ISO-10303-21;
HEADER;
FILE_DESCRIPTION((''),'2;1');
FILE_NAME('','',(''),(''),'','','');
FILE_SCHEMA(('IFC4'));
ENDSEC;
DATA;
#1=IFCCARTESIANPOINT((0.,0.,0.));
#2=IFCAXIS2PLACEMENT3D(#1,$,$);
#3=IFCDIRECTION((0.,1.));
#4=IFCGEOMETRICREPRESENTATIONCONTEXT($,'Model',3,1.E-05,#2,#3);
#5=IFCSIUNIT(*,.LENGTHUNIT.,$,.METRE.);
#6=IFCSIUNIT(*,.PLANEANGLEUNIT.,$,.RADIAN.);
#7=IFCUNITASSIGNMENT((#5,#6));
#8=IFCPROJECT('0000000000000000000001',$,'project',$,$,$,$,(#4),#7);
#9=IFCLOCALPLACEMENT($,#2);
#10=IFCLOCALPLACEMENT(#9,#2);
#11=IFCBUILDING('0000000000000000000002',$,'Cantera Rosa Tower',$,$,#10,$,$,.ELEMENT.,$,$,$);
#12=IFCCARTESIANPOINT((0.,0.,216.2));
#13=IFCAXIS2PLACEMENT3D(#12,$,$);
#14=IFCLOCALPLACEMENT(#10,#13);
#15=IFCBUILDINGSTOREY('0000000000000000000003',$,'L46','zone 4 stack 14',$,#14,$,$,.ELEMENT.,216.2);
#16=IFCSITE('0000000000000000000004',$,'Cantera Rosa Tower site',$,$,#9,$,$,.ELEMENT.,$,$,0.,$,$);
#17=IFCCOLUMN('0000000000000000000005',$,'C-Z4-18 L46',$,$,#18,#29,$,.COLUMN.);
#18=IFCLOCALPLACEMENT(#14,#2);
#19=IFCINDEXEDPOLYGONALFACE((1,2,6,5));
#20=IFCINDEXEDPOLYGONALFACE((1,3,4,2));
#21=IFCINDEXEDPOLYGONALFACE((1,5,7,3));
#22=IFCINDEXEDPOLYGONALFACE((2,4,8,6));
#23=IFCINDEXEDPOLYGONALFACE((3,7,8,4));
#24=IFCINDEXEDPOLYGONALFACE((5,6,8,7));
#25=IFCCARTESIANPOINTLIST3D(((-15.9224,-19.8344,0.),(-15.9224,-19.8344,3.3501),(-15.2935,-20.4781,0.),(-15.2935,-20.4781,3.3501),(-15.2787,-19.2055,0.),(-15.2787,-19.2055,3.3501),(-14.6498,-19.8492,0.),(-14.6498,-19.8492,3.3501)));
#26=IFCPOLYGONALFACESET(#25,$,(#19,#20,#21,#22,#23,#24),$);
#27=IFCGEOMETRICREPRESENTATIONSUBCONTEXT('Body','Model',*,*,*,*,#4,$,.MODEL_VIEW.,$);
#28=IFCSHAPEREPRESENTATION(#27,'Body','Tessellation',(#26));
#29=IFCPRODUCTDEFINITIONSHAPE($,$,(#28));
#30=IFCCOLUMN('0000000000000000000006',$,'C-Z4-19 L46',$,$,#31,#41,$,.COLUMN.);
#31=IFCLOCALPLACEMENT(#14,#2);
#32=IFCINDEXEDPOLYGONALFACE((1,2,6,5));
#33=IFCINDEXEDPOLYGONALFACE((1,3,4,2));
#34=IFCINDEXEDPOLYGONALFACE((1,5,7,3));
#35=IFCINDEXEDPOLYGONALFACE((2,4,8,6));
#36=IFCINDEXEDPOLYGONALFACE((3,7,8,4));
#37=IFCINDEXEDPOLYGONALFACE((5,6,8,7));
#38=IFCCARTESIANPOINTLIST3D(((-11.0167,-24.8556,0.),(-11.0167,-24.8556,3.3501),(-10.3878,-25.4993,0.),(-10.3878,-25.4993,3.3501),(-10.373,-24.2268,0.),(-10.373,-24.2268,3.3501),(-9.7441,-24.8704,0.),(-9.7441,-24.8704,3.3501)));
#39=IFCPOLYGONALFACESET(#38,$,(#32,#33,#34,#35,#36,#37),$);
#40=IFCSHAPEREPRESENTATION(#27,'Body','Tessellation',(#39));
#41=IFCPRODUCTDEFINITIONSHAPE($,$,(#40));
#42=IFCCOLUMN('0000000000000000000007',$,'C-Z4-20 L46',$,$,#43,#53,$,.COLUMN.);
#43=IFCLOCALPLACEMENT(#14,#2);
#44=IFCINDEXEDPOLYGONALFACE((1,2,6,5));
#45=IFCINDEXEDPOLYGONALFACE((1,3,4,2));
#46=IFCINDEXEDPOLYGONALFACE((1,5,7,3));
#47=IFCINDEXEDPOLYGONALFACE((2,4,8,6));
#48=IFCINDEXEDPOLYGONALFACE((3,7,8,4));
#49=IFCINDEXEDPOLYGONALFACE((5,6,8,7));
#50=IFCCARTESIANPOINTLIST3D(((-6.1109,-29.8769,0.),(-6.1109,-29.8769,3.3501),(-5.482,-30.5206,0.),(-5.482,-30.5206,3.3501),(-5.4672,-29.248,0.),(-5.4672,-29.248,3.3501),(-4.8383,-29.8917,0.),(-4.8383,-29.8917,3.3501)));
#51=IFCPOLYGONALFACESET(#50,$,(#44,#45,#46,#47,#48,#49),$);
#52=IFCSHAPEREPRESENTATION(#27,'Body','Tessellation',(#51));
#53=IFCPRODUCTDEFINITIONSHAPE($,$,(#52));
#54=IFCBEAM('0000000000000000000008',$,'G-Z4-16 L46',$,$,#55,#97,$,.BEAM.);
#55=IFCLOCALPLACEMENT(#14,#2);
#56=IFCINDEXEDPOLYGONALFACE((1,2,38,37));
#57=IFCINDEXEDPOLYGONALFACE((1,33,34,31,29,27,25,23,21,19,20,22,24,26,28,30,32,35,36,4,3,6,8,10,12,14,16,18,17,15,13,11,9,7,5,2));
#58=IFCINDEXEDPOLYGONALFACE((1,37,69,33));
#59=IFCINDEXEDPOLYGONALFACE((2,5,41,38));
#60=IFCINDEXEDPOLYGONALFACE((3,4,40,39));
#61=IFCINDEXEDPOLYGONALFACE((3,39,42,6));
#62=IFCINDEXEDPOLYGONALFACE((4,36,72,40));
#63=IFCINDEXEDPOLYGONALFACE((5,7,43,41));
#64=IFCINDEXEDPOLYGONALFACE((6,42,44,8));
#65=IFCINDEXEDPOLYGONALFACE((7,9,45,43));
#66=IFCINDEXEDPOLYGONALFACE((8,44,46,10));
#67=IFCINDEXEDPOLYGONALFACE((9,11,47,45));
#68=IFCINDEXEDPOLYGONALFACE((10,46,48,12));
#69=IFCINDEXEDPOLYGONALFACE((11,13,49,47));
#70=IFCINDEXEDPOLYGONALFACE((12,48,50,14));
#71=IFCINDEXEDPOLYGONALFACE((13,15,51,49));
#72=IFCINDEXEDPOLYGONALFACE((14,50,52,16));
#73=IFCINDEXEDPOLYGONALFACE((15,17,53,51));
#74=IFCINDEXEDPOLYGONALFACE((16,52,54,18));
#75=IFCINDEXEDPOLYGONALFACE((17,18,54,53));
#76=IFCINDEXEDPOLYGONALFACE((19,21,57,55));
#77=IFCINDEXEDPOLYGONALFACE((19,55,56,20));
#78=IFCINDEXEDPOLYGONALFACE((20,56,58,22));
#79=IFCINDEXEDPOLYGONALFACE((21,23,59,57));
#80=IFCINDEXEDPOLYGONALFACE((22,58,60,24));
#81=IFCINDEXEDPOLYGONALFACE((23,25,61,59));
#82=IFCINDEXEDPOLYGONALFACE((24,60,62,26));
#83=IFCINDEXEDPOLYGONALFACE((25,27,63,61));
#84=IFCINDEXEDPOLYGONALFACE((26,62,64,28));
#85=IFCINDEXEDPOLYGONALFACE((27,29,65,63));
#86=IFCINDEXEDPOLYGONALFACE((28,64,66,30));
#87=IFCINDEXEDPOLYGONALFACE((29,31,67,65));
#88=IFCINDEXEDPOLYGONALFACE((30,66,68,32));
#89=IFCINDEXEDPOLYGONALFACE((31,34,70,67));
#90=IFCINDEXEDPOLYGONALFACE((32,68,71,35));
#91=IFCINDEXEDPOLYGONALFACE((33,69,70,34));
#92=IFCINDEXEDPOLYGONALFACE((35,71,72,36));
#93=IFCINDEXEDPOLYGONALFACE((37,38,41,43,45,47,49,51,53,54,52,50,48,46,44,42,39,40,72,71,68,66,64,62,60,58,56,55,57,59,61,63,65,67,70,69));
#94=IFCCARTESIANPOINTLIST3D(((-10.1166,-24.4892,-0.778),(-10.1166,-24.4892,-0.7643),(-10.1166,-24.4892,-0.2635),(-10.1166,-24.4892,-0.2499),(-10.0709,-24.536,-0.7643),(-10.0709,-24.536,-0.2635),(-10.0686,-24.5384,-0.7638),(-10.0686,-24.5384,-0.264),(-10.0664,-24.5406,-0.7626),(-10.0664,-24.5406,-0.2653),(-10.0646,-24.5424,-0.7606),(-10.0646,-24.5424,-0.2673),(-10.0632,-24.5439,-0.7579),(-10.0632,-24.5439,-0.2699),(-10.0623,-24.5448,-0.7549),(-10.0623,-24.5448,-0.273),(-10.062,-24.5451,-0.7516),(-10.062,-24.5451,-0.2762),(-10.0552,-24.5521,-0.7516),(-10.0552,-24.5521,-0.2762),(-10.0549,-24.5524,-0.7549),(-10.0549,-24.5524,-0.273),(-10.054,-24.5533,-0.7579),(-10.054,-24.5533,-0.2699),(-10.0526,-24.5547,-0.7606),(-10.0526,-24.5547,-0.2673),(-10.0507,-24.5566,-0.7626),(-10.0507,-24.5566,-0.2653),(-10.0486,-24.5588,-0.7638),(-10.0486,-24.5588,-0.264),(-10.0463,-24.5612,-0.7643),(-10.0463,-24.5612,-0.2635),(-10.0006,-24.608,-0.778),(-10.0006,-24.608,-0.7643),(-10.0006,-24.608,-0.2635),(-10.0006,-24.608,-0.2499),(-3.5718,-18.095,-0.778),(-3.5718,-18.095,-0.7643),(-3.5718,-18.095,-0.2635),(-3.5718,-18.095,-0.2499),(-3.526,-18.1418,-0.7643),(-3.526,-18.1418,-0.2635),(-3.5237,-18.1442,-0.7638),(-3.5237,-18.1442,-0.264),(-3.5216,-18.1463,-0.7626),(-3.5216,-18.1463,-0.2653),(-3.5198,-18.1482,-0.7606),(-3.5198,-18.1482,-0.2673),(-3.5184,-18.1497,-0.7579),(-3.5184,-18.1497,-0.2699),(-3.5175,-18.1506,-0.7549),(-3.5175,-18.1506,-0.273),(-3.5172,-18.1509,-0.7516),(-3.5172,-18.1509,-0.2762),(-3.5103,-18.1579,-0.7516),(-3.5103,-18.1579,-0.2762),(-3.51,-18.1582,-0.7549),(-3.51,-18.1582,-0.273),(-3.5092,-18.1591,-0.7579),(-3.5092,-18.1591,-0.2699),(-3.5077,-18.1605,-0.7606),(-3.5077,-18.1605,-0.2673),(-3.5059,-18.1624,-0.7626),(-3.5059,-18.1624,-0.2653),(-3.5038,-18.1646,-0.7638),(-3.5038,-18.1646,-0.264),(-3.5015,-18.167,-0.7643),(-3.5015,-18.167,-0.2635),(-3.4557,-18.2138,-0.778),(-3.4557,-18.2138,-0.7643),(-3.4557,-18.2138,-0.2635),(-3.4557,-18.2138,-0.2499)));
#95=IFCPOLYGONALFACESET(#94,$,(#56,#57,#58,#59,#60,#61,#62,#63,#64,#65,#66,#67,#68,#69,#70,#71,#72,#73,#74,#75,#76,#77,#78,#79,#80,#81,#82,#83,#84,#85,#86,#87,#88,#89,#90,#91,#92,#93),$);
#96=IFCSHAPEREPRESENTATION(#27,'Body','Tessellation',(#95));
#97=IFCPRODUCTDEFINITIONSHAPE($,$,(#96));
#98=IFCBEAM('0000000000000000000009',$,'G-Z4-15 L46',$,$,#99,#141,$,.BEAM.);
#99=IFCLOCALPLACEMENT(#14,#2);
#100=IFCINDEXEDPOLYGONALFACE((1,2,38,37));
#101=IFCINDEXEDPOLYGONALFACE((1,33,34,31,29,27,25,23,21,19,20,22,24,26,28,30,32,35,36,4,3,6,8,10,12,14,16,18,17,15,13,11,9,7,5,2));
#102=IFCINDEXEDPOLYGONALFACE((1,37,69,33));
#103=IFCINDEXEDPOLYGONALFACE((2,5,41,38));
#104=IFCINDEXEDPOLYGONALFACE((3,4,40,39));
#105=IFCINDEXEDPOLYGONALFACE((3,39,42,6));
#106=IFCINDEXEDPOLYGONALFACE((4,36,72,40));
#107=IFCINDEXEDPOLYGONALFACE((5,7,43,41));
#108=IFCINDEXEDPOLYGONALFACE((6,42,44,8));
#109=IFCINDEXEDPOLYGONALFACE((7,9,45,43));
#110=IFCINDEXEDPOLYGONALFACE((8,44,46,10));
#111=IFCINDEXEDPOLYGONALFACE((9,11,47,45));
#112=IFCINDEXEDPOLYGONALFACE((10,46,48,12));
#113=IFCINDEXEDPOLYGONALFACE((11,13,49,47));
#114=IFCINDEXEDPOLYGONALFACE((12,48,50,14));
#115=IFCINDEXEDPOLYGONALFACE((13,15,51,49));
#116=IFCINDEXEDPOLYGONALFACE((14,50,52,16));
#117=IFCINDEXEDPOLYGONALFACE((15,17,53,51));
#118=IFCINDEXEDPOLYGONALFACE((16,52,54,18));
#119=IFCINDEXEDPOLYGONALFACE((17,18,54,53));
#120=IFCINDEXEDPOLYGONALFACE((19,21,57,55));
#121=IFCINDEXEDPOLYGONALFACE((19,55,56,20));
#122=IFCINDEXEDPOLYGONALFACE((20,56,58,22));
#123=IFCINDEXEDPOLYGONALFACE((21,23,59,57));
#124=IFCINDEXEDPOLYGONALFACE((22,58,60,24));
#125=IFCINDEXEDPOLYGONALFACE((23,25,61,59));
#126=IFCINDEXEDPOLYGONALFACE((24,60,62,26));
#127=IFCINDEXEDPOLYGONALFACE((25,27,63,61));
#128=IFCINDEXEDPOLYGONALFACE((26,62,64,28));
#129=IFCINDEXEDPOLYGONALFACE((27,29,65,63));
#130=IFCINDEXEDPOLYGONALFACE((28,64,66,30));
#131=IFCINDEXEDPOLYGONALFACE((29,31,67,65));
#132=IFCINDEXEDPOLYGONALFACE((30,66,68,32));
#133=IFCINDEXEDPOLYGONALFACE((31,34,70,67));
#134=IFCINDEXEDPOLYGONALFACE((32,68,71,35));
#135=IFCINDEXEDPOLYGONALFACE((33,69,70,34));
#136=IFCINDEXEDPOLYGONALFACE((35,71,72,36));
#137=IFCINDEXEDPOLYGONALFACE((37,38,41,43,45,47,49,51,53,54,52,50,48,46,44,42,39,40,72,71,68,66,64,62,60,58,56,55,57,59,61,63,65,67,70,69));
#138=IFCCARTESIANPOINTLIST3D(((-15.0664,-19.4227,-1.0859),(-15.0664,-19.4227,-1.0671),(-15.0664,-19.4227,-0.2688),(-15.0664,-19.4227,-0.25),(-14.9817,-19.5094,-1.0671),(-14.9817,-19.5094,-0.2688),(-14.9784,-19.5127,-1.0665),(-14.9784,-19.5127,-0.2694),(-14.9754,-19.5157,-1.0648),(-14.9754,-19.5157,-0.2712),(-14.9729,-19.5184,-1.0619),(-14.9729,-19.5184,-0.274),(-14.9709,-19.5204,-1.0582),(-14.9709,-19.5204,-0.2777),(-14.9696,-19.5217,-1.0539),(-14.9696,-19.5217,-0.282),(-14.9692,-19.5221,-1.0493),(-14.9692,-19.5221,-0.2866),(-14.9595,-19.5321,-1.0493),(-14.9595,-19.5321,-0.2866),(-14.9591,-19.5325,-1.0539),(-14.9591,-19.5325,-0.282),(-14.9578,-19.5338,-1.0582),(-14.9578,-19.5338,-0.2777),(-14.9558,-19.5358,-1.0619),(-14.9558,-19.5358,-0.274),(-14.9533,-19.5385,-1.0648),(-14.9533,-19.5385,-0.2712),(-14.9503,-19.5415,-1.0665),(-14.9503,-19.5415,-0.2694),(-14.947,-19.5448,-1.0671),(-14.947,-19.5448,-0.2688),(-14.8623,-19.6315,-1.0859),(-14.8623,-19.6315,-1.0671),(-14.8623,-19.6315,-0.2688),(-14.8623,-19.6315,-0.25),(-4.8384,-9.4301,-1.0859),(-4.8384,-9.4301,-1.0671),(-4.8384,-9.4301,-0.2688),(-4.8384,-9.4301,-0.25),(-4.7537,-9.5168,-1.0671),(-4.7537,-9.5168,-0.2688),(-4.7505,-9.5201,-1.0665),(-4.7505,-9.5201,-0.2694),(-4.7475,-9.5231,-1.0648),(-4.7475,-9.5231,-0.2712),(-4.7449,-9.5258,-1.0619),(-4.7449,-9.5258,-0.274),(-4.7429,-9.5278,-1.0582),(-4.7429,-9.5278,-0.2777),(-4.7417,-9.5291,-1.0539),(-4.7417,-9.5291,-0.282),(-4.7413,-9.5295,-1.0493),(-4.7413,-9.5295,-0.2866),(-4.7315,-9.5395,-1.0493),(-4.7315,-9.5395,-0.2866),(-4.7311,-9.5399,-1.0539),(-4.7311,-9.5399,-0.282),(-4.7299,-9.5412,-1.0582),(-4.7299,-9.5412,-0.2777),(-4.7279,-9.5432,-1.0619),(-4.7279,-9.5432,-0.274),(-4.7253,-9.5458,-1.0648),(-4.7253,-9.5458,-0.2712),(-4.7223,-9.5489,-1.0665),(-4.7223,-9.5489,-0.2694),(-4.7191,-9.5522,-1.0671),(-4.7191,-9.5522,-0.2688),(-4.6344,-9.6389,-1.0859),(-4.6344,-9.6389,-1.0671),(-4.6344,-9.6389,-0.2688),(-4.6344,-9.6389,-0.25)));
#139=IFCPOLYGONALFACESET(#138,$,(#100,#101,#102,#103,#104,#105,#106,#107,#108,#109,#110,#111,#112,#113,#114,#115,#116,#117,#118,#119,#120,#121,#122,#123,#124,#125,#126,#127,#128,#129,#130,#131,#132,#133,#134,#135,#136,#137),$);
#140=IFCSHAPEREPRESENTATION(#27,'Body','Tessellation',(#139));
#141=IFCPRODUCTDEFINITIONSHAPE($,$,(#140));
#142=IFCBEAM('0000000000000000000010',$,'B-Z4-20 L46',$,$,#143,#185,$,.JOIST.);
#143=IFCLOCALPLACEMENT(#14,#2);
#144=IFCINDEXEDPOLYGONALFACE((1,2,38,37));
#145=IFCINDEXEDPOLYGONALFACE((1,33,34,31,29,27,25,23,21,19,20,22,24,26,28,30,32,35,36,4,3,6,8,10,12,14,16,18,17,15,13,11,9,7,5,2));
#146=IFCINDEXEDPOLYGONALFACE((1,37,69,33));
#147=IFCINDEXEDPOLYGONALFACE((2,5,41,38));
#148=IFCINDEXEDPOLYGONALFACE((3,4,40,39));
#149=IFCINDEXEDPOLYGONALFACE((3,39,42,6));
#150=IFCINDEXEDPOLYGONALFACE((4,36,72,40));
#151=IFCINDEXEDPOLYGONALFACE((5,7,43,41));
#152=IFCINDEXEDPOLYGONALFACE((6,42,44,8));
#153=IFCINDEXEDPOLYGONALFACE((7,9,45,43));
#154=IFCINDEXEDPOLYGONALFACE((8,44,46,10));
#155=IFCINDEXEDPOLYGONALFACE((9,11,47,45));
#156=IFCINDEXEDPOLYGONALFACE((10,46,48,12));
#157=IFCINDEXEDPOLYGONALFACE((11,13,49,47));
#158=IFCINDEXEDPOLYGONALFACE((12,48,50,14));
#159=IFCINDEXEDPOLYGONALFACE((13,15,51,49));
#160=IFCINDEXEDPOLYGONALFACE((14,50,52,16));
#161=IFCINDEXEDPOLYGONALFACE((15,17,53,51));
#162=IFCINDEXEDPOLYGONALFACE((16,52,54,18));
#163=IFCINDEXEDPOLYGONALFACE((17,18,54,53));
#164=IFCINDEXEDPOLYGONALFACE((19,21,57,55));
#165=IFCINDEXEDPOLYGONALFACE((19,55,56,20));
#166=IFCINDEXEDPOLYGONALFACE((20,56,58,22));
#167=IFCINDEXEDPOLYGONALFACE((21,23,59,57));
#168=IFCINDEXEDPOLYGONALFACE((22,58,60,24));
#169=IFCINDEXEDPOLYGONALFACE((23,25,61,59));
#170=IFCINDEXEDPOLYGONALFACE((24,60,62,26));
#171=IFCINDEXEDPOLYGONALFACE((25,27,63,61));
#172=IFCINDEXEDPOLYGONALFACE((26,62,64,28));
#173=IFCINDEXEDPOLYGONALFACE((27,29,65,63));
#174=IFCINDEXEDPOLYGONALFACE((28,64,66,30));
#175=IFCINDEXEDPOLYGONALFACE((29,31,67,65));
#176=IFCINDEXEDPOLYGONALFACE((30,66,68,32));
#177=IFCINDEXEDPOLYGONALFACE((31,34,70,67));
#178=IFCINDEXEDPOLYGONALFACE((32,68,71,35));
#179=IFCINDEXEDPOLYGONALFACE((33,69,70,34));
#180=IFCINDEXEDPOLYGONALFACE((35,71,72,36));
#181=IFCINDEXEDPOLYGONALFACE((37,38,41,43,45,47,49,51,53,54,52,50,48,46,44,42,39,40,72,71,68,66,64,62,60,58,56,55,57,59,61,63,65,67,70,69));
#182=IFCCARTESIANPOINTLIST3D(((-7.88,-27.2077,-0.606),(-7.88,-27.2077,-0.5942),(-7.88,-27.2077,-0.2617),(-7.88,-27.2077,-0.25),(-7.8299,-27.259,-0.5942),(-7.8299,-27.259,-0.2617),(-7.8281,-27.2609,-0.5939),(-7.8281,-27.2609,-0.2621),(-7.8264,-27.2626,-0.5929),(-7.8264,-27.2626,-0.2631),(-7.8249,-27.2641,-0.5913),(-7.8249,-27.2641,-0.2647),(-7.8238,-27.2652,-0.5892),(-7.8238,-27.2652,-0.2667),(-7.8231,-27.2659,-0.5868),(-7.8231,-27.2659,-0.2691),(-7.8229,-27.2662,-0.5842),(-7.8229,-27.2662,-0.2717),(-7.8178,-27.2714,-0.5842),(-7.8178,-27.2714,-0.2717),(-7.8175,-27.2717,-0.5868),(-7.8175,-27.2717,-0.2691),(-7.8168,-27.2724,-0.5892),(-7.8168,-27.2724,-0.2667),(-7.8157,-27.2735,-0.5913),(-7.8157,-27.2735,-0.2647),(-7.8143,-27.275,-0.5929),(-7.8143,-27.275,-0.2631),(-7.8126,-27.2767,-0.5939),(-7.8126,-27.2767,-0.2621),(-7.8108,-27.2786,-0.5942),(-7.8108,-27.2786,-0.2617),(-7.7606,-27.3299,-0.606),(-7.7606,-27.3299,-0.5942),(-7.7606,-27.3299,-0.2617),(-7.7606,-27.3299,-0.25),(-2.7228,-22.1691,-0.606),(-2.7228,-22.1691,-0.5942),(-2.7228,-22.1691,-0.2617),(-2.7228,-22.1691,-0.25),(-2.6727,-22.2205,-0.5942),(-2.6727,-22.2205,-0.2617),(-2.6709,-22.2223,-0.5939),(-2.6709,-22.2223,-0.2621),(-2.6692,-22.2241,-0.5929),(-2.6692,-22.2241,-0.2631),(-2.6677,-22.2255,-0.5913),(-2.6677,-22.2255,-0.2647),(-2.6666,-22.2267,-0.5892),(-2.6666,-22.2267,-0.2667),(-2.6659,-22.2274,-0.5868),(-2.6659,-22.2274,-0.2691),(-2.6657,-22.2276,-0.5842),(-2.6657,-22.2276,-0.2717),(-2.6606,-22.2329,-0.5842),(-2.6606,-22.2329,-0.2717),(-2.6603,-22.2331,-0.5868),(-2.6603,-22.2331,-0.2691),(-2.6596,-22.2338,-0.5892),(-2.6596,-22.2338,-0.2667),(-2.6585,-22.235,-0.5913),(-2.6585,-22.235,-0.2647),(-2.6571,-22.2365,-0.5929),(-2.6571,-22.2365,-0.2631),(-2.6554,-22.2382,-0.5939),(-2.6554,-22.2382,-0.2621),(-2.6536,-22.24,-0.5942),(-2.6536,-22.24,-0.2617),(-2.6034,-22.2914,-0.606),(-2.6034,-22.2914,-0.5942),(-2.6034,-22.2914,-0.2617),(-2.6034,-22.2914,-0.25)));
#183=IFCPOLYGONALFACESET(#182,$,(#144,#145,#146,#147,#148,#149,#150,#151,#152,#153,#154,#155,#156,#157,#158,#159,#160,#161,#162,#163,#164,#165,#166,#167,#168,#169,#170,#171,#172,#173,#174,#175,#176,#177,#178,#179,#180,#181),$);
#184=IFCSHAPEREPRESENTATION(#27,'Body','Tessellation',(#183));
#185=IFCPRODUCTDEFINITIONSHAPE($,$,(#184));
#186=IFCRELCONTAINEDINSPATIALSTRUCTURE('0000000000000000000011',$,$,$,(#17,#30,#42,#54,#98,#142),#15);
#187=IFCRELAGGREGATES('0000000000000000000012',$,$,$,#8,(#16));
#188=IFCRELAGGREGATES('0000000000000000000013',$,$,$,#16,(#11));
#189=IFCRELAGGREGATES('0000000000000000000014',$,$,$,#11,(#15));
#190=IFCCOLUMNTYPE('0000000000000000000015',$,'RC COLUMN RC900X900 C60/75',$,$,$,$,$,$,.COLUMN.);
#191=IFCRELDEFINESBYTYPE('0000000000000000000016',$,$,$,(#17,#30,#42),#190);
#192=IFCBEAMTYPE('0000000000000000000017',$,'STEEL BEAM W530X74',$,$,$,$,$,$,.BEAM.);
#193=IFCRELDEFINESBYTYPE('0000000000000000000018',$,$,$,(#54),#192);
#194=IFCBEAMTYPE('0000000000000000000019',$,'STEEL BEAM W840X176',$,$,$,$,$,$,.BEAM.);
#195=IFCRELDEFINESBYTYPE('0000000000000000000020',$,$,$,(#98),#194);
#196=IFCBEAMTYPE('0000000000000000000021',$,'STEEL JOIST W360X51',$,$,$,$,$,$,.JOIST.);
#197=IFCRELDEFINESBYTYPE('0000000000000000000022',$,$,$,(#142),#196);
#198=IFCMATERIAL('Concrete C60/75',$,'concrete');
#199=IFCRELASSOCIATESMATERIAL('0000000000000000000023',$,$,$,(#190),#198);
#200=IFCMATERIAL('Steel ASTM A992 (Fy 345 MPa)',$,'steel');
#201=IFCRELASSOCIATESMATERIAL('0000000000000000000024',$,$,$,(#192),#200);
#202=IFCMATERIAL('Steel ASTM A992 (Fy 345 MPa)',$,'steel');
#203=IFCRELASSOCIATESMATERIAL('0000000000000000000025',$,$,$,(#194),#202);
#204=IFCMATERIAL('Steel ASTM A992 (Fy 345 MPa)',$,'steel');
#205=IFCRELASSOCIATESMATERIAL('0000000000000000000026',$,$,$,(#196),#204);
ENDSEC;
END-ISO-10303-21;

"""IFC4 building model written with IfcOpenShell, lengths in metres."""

from ifc_helpers import new_model, si_unit, direction, frame, origin, origin_2d, place, context, subcontext, project, spatial, rectangle, i_section, extrude, material, material_profile, profile_set, type_object, element, save


model = new_model("IFC4")

# Units and contexts
model_context = context("Model", 3, precision=1e-05, world=origin(), true_north=direction((0.0, 1.0)))
body_context = subcontext(model_context, "Body", "Model", "MODEL_VIEW")
ifc_project = project(units=[si_unit("LENGTHUNIT", "METRE"), si_unit("PLANEANGLEUNIT", "RADIAN")], contexts=[model_context])

# Site, building, storey
site_placement = place(None, origin())
site = spatial("IfcSite", under=ifc_project, at=site_placement, Name="Cantera Rosa Tower site", CompositionType="ELEMENT", RefElevation=0.0)
building_placement = place(site_placement, origin())
building = spatial("IfcBuilding", under=site, at=building_placement, Name="Cantera Rosa Tower", CompositionType="ELEMENT")
storey_placement = place(building_placement, frame((0.0, 0.0, 216.2)))
storey = spatial("IfcBuildingStorey", under=building, at=storey_placement, Name="L46", Description="zone 4 stack 14", CompositionType="ELEMENT", Elevation=216.2)

# Columns
ifc_material_1 = material(Name="Concrete C60/75", Category="concrete")
ifc_material_profile_1 = material_profile(ifc_material_1, rectangle(XDim=0.8999, YDim=0.8999, at=origin_2d()), Name="RC COLUMN RC900X900 C60/75")
ifc_profile_set_1 = profile_set([ifc_material_profile_1], Name="Concrete C60/75")
column_type = type_object("IfcColumnType", Name="RC COLUMN RC900X900 C60/75", PredefinedType="COLUMN", material=ifc_profile_set_1)
for number, where, z_axis, x_axis, name in (
    (1, (-15.2861, -19.8418, 0.0), (0.0, 0.0, 1.0), (0.715286, 0.698832, 0.0), "C-Z4-18 L46"),
    (2, (-10.3804, -24.863, 0.0), (0.0, 0.0, 1.0), (0.715286, 0.698832, 0.0), "C-Z4-19 L46"),
    (3, (-5.4746, -29.8843, 0.0), (0.0, 0.0, 1.0), (0.715286, 0.698832, 0.0), "C-Z4-20 L46"),
):
    element("IfcColumn", number, at=place(storey_placement, frame(where, z_axis=z_axis, x_axis=x_axis)), inside=storey, type_object=column_type, Name=name, PredefinedType="COLUMN", context=body_context, shape_type="SweptSolid", body=[
        extrude(rectangle(XDim=0.8999, YDim=0.8999, at=origin_2d()), origin(), (0.0, 0.0, 1.0), 3.3501),
    ])

# Beams
ifc_material_2 = material(Name="Steel ASTM A992 (Fy 345 MPa)", Category="steel")
ifc_material_profile_2 = material_profile(ifc_material_2, i_section(OverallWidth=0.166, OverallDepth=0.5281, WebThickness=0.0098, FlangeThickness=0.0137, FilletRadius=0.0127, at=origin_2d()), Name="W530X74")
ifc_profile_set_2 = profile_set([ifc_material_profile_2], Name="Steel ASTM A992 (Fy 345 MPa)")
beam_type_1 = type_object("IfcBeamType", Name="STEEL BEAM W530X74", PredefinedType="BEAM", material=ifc_profile_set_2)
beam_1_placement = place(storey_placement, frame((-10.0586, -24.5486, -0.5139), z_axis=(0.71529, 0.698827, 0.0), x_axis=(-0.698827, 0.71529, 0.0)))
element("IfcBeam", 4, at=beam_1_placement, inside=storey, type_object=beam_type_1, Name="G-Z4-16 L46", PredefinedType="BEAM", context=body_context, shape_type="SweptSolid", body=[
    extrude(i_section(OverallWidth=0.166, OverallDepth=0.5281, WebThickness=0.0098, FlangeThickness=0.0137, FilletRadius=0.0127, at=origin_2d()), origin(), (0.0, 0.0, 1.0), 9.1499),
])
ifc_material_3 = material(Name="Steel ASTM A992 (Fy 345 MPa)", Category="steel")
ifc_material_profile_3 = material_profile(ifc_material_3, i_section(OverallWidth=0.292, OverallDepth=0.8359, WebThickness=0.0139, FlangeThickness=0.0188, FilletRadius=0.0178, at=origin_2d()), Name="W840X176")
ifc_profile_set_3 = profile_set([ifc_material_profile_3], Name="Steel ASTM A992 (Fy 345 MPa)")
beam_type_2 = type_object("IfcBeamType", Name="STEEL BEAM W840X176", PredefinedType="BEAM", material=ifc_profile_set_3)
beam_2_placement = place(storey_placement, frame((-14.9644, -19.5271, -0.668), z_axis=(0.715288, 0.698829, 0.0), x_axis=(-0.698829, 0.715288, 0.0)))
element("IfcBeam", 5, at=beam_2_placement, inside=storey, type_object=beam_type_2, Name="G-Z4-15 L46", PredefinedType="BEAM", context=body_context, shape_type="SweptSolid", body=[
    extrude(i_section(OverallWidth=0.292, OverallDepth=0.8359, WebThickness=0.0139, FlangeThickness=0.0188, FilletRadius=0.0178, at=origin_2d()), origin(), (0.0, 0.0, 1.0), 14.2991),
])
ifc_material_4 = material(Name="Steel ASTM A992 (Fy 345 MPa)", Category="steel")
ifc_material_profile_4 = material_profile(ifc_material_4, i_section(OverallWidth=0.1709, OverallDepth=0.356, WebThickness=0.0073, FlangeThickness=0.0117, FilletRadius=0.01, at=origin_2d()), Name="W360X51")
ifc_profile_set_4 = profile_set([ifc_material_profile_4], Name="Steel ASTM A992 (Fy 345 MPa)")
beam_type_3 = type_object("IfcBeamType", Name="STEEL JOIST W360X51", PredefinedType="JOIST", material=ifc_profile_set_4)
beam_3_placement = place(storey_placement, frame((-7.8203, -27.2688, -0.428), z_axis=(0.715287, 0.698831, 0.0), x_axis=(-0.698831, 0.715287, 0.0)))
element("IfcBeam", 6, at=beam_3_placement, inside=storey, type_object=beam_type_3, Name="B-Z4-20 L46", PredefinedType="JOIST", context=body_context, shape_type="SweptSolid", body=[
    extrude(i_section(OverallWidth=0.1709, OverallDepth=0.356, WebThickness=0.0073, FlangeThickness=0.0117, FilletRadius=0.01, at=origin_2d()), origin(), (0.0, 0.0, 1.0), 7.21),
])

save(model, "model.ifc")
